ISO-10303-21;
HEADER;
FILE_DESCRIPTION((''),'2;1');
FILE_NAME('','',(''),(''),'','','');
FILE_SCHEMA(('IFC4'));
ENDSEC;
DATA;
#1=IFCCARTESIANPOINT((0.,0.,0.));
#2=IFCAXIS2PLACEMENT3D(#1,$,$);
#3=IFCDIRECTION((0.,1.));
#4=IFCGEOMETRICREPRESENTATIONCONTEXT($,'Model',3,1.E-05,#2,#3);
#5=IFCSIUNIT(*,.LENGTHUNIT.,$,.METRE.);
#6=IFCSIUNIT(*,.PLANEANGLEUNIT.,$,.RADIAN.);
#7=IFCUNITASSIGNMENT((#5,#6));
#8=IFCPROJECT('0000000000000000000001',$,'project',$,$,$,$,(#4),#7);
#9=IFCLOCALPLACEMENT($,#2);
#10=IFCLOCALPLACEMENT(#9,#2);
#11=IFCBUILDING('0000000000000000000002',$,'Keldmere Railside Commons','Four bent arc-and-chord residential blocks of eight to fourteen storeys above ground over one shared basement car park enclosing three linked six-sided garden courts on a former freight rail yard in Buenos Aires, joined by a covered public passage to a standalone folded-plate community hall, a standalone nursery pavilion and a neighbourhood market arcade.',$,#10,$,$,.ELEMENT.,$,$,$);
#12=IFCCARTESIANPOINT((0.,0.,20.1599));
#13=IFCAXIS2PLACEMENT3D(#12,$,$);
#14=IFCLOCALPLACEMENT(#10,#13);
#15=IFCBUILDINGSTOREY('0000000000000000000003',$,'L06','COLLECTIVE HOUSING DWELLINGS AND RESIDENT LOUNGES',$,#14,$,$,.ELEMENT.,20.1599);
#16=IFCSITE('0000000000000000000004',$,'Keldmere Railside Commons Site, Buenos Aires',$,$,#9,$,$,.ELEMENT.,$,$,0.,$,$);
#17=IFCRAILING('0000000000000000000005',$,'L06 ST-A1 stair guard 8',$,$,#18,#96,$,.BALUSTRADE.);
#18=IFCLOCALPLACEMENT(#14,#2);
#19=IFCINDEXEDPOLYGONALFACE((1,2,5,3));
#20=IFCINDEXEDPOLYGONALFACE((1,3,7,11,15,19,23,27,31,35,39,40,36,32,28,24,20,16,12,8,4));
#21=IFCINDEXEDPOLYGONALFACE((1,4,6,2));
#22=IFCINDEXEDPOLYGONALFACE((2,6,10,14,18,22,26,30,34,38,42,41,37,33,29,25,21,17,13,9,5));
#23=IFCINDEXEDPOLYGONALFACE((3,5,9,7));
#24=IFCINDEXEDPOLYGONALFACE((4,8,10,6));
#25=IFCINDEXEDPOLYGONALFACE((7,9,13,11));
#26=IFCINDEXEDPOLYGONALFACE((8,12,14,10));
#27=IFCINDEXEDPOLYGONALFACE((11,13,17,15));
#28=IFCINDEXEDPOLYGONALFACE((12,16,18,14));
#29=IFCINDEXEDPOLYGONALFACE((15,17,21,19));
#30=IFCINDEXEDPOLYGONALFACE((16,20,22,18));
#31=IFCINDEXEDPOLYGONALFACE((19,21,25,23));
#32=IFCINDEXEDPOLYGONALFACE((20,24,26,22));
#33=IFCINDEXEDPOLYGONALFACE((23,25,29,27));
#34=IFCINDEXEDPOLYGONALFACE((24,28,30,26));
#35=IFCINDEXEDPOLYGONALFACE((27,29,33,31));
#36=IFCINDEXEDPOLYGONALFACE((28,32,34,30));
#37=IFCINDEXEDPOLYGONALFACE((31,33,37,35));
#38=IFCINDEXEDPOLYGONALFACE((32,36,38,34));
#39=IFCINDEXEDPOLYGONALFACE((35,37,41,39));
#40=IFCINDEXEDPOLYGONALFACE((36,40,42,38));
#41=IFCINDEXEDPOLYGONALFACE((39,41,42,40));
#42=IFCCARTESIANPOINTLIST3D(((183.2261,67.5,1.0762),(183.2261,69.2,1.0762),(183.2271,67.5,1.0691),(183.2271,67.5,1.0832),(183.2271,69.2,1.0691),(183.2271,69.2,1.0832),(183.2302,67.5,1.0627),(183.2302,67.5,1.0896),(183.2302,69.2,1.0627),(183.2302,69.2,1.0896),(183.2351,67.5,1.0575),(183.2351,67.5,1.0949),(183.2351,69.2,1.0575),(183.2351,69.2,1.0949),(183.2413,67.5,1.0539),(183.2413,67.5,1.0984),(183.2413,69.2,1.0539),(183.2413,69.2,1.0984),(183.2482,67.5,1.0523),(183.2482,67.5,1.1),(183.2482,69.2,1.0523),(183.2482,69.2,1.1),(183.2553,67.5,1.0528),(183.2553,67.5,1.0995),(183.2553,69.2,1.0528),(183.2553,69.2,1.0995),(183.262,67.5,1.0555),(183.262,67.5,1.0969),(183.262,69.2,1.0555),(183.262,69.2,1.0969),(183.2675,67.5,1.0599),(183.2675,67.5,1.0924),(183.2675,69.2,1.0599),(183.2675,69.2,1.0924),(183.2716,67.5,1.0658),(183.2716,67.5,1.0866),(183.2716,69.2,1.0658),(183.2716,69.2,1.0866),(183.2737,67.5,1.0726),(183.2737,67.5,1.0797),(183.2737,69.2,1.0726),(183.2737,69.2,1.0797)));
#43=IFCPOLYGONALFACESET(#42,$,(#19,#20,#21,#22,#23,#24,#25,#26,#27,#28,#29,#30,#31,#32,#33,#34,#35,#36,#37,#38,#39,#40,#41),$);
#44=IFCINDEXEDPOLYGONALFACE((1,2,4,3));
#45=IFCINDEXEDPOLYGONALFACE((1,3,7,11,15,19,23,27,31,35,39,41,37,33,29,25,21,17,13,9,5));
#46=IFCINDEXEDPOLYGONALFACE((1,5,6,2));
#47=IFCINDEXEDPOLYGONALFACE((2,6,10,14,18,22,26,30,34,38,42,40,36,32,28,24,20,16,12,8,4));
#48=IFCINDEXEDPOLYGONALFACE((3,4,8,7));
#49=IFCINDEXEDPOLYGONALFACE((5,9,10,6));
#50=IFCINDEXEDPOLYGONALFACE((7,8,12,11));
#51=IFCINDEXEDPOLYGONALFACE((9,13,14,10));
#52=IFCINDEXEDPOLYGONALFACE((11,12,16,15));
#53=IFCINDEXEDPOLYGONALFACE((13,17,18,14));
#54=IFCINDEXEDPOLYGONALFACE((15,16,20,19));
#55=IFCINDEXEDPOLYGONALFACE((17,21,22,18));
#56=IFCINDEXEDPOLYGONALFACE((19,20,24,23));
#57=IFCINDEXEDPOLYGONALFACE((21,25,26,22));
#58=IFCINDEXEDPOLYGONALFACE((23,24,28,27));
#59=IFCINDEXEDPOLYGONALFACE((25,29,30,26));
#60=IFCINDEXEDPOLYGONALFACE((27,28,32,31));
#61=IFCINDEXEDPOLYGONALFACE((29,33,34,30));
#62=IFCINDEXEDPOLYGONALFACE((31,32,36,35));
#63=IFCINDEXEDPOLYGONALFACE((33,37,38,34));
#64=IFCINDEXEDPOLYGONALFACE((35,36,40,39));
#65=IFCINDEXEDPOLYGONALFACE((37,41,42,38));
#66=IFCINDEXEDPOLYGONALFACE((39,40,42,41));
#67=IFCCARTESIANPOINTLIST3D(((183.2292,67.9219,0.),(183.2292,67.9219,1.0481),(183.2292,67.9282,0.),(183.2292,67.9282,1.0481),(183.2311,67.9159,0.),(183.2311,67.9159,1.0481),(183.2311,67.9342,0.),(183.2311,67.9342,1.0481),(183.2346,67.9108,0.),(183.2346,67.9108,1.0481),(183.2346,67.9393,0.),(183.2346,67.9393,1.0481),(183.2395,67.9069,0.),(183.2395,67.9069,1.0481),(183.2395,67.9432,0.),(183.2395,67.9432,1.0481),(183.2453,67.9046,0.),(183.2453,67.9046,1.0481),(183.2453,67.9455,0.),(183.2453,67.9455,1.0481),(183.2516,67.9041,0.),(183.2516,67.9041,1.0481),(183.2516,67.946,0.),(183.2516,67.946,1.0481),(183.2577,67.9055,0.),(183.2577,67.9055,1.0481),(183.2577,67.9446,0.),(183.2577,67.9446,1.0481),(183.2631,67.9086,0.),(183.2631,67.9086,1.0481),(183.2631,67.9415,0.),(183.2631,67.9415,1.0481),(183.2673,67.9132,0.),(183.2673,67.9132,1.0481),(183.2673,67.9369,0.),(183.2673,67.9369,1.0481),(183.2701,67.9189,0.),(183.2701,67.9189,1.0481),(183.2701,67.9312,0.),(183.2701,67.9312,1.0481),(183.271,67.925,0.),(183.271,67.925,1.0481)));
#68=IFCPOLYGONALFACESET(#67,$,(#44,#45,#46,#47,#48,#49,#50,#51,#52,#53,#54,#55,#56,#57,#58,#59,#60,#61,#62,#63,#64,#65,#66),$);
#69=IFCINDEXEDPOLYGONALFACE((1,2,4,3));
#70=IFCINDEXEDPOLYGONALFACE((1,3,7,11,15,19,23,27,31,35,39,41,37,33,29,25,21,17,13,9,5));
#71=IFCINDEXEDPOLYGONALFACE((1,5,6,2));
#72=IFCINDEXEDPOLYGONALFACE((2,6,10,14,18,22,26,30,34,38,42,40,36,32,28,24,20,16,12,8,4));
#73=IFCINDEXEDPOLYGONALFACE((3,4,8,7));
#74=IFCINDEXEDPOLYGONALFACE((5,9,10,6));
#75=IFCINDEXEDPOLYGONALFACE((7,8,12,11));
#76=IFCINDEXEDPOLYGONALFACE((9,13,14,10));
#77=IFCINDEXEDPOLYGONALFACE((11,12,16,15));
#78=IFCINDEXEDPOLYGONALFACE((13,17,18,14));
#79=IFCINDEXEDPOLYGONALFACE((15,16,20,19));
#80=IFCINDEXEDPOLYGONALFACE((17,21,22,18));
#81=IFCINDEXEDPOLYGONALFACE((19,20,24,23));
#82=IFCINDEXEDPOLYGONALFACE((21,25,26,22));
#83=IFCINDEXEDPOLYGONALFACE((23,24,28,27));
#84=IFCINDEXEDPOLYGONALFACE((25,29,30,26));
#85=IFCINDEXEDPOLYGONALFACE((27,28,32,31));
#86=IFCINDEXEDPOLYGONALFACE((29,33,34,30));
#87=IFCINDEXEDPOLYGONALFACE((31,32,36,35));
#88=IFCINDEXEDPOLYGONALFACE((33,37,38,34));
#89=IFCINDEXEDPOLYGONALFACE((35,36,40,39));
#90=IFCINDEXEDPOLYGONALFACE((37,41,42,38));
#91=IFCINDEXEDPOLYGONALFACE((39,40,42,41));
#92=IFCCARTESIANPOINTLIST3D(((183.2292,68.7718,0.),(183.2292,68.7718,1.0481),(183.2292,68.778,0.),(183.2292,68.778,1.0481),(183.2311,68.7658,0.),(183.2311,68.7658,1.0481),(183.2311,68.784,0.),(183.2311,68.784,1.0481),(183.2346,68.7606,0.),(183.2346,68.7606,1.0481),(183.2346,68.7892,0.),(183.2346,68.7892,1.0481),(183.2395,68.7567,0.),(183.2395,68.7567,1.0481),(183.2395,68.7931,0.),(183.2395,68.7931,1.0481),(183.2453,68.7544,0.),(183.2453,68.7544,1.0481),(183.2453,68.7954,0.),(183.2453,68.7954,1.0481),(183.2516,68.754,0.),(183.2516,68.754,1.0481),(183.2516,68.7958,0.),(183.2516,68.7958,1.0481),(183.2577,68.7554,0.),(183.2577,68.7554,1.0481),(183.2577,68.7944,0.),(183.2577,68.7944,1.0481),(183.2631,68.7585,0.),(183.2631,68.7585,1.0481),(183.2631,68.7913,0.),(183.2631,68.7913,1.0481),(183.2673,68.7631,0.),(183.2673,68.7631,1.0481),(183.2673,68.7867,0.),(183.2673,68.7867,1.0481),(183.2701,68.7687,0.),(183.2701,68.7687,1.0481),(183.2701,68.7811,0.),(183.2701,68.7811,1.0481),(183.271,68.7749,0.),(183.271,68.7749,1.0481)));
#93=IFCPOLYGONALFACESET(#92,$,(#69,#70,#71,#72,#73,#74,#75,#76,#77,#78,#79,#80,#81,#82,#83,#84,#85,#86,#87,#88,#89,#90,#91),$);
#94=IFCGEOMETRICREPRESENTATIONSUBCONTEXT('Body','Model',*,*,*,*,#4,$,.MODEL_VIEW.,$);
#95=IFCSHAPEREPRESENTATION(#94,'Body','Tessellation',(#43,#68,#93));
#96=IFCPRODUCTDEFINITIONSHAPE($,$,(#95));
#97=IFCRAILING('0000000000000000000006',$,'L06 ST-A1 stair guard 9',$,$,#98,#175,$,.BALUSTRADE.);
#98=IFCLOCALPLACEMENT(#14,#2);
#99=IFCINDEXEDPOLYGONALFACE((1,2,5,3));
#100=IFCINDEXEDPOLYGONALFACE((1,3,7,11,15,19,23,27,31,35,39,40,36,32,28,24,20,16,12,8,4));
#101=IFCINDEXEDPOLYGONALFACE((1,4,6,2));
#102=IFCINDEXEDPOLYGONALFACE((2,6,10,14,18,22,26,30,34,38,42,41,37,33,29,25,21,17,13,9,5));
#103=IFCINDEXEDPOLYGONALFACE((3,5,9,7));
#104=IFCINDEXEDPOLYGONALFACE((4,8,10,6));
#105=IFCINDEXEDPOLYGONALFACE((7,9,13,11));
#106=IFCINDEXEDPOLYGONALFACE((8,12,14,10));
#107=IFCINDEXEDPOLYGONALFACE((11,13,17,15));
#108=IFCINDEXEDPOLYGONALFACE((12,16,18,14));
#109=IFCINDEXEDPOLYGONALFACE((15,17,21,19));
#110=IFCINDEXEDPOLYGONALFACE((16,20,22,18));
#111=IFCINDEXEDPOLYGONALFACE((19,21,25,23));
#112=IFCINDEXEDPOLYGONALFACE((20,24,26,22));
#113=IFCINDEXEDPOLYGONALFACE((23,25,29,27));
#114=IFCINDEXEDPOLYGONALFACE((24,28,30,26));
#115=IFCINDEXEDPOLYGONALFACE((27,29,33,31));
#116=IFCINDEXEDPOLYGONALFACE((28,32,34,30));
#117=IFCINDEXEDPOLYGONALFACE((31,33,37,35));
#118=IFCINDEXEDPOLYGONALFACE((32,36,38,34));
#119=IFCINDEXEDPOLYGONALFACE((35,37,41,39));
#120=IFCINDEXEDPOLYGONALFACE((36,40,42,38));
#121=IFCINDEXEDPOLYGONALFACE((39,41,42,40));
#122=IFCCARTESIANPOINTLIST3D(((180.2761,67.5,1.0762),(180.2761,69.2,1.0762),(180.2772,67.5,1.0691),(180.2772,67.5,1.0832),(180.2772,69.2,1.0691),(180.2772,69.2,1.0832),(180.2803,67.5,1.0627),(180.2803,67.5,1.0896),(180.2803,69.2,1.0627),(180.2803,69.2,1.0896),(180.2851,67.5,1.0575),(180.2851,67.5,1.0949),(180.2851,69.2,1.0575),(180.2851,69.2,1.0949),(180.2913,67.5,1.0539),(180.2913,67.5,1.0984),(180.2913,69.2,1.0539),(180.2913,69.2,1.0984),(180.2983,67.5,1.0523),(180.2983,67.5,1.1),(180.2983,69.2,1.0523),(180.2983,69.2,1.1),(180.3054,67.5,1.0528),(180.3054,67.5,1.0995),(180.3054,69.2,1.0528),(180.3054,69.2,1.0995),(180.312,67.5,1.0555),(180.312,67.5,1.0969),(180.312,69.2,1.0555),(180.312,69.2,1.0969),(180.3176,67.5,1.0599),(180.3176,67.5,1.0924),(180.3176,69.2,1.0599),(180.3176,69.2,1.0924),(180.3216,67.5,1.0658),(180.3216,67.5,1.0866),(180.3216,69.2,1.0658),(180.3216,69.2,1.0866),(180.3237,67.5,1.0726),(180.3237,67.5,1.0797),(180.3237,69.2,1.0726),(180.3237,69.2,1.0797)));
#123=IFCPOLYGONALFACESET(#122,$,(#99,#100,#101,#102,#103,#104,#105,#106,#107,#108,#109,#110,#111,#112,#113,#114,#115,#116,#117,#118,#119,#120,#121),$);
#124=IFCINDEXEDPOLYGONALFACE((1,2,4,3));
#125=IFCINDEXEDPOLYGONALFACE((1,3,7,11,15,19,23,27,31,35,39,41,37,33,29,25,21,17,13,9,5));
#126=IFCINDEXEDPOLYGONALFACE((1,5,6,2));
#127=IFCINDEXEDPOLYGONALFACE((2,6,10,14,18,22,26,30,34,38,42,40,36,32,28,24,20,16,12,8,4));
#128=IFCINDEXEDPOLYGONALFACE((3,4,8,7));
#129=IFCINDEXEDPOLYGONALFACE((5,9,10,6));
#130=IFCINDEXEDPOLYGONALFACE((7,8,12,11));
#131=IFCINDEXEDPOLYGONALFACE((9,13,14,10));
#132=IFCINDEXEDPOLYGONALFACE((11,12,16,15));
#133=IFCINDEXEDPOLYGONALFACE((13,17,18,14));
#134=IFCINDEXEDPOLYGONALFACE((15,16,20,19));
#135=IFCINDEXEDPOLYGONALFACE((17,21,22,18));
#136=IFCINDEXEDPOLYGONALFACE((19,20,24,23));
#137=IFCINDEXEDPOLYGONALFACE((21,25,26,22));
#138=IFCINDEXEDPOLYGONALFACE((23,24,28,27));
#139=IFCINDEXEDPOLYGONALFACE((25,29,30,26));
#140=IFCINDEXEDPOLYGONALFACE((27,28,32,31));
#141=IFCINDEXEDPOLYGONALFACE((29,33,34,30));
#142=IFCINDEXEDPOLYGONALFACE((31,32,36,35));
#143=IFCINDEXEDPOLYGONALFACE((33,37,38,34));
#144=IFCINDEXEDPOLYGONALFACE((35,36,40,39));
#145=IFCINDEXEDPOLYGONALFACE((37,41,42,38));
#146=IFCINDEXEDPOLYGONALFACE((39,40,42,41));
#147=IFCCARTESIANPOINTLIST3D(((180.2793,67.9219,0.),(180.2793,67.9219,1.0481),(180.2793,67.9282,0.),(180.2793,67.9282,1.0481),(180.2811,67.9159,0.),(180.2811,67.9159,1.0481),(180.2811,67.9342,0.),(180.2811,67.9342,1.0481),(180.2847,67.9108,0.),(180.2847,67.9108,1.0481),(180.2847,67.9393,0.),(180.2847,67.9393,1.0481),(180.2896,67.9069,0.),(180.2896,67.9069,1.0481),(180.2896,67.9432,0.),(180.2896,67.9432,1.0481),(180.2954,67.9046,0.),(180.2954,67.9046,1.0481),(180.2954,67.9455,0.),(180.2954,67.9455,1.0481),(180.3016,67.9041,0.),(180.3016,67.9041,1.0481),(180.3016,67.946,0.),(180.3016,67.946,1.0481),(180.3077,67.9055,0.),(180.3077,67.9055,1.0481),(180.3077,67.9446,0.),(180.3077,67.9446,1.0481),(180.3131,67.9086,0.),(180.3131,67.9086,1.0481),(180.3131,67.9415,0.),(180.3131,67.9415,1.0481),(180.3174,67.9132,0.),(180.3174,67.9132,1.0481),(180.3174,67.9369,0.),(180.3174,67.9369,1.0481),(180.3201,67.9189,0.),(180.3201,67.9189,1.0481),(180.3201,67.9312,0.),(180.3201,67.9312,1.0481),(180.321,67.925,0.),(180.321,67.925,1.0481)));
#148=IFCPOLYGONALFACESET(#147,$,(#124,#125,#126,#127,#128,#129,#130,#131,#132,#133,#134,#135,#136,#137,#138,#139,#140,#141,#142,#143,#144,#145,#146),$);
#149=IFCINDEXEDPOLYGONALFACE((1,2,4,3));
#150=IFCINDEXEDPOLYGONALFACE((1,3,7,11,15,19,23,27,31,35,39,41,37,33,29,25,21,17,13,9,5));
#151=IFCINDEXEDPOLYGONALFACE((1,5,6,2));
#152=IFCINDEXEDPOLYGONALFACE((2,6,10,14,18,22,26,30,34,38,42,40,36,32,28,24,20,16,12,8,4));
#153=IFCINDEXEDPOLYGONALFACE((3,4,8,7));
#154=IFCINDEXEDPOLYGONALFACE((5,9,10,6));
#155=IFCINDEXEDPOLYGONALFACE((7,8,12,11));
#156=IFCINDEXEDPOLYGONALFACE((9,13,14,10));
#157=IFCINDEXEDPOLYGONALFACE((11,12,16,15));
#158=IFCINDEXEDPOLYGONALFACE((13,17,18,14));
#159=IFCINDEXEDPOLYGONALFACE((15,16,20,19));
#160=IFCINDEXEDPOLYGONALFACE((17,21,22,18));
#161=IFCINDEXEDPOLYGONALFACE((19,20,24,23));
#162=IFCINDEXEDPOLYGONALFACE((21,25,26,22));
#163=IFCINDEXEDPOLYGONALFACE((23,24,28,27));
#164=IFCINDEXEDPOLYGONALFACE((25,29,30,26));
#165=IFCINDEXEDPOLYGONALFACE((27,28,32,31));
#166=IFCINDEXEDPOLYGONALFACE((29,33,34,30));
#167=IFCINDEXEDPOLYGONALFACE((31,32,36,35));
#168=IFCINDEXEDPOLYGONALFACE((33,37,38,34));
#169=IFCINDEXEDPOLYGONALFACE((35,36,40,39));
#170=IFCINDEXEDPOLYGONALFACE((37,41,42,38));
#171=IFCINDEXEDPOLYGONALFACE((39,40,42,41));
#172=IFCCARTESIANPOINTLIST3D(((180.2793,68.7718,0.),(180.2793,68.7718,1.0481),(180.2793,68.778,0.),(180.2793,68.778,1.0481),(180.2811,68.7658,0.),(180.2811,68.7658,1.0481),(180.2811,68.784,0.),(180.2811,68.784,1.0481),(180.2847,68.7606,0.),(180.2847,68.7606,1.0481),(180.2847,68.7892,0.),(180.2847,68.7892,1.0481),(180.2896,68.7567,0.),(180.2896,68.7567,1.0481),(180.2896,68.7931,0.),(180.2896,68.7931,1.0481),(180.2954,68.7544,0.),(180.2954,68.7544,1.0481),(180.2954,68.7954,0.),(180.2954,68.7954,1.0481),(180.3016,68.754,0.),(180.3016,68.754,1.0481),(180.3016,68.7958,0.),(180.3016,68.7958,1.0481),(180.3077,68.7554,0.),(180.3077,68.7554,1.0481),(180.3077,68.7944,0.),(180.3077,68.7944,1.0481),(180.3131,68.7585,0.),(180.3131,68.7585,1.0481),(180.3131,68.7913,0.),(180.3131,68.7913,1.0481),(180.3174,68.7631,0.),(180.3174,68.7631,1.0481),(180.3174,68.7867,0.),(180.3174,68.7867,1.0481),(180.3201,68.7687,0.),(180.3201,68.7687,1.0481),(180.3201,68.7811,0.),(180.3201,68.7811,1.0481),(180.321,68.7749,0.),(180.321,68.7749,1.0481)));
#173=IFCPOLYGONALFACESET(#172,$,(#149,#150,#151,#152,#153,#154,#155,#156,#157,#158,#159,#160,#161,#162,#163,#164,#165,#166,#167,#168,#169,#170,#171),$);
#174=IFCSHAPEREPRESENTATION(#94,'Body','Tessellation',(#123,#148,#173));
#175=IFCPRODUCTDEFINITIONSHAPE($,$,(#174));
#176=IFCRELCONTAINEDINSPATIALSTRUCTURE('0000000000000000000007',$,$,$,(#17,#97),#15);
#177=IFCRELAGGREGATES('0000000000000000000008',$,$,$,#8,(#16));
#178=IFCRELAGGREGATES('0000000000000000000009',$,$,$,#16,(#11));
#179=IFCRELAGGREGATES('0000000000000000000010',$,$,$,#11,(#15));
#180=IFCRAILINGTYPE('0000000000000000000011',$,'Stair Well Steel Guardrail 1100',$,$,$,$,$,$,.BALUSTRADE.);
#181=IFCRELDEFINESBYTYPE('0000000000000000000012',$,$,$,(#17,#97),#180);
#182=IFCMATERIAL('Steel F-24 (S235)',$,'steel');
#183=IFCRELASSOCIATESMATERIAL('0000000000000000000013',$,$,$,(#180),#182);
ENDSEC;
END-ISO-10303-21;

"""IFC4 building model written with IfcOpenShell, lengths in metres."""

from ifc_helpers import new_model, si_unit, direction, frame, origin, origin_2d, place, context, subcontext, project, spatial, circle, extrude, material, type_object, element, save


model = new_model("IFC4")

# Units and contexts
model_context = context("Model", 3, precision=1e-05, world=origin(), true_north=direction((0.0, 1.0)))
body_context = subcontext(model_context, "Body", "Model", "MODEL_VIEW")
ifc_project = project(units=[si_unit("LENGTHUNIT", "METRE"), si_unit("PLANEANGLEUNIT", "RADIAN")], contexts=[model_context])

# Site, building, storey
site_placement = place(None, origin())
site = spatial("IfcSite", under=ifc_project, at=site_placement, Name="Keldmere Railside Commons Site, Buenos Aires", CompositionType="ELEMENT", RefElevation=0.0)
building_placement = place(site_placement, origin())
building = spatial("IfcBuilding", under=site, at=building_placement, Name="Keldmere Railside Commons", Description="Four bent arc-and-chord residential blocks of eight to fourteen storeys above ground over one shared basement car park enclosing three linked six-sided garden courts on a former freight rail yard in Buenos Aires, joined by a covered public passage to a standalone folded-plate community hall, a standalone nursery pavilion and a neighbourhood market arcade.", CompositionType="ELEMENT")
storey_placement = place(building_placement, frame((0.0, 0.0, 20.1599)))
storey = spatial("IfcBuildingStorey", under=building, at=storey_placement, Name="L06", Description="COLLECTIVE HOUSING DWELLINGS AND RESIDENT LOUNGES", CompositionType="ELEMENT", Elevation=20.1599)

# Shared definitions
ifc_material_1 = material(Name="Steel F-24 (S235)", Category="steel")

# Railings
railing_type_1 = type_object("IfcRailingType", Name="Stair Well Steel Guardrail 1100", PredefinedType="BALUSTRADE", material=ifc_material_1)
for number, where, name in (
    (1, (183.25, 67.5, 0.0), "L06 ST-A1 stair guard 8"),
    (2, (180.3, 67.5, 0.0), "L06 ST-A1 stair guard 9"),
):
    element("IfcRailing", number, at=place(storey_placement, frame(where)), inside=storey, type_object=railing_type_1, Name=name, PredefinedType="BALUSTRADE", context=body_context, shape_type="SweptSolid", body=[
        extrude(circle(Radius=0.0239, at=origin_2d()), frame((0.0, 0.0, 1.0762), z_axis=(0.0, 1.0, 0.0), x_axis=(-1.0, 0.0, 0.0)), (0.0, 0.0, 1.0), 1.7),
        extrude(circle(Radius=0.021, at=origin_2d()), frame((0.0, 0.425, 0.0)), (0.0, 0.0, 1.0), 1.0481),
        extrude(circle(Radius=0.021, at=origin_2d()), frame((0.0, 1.2749, 0.0)), (0.0, 0.0, 1.0), 1.0481),
    ])

save(model, "model.ifc")
